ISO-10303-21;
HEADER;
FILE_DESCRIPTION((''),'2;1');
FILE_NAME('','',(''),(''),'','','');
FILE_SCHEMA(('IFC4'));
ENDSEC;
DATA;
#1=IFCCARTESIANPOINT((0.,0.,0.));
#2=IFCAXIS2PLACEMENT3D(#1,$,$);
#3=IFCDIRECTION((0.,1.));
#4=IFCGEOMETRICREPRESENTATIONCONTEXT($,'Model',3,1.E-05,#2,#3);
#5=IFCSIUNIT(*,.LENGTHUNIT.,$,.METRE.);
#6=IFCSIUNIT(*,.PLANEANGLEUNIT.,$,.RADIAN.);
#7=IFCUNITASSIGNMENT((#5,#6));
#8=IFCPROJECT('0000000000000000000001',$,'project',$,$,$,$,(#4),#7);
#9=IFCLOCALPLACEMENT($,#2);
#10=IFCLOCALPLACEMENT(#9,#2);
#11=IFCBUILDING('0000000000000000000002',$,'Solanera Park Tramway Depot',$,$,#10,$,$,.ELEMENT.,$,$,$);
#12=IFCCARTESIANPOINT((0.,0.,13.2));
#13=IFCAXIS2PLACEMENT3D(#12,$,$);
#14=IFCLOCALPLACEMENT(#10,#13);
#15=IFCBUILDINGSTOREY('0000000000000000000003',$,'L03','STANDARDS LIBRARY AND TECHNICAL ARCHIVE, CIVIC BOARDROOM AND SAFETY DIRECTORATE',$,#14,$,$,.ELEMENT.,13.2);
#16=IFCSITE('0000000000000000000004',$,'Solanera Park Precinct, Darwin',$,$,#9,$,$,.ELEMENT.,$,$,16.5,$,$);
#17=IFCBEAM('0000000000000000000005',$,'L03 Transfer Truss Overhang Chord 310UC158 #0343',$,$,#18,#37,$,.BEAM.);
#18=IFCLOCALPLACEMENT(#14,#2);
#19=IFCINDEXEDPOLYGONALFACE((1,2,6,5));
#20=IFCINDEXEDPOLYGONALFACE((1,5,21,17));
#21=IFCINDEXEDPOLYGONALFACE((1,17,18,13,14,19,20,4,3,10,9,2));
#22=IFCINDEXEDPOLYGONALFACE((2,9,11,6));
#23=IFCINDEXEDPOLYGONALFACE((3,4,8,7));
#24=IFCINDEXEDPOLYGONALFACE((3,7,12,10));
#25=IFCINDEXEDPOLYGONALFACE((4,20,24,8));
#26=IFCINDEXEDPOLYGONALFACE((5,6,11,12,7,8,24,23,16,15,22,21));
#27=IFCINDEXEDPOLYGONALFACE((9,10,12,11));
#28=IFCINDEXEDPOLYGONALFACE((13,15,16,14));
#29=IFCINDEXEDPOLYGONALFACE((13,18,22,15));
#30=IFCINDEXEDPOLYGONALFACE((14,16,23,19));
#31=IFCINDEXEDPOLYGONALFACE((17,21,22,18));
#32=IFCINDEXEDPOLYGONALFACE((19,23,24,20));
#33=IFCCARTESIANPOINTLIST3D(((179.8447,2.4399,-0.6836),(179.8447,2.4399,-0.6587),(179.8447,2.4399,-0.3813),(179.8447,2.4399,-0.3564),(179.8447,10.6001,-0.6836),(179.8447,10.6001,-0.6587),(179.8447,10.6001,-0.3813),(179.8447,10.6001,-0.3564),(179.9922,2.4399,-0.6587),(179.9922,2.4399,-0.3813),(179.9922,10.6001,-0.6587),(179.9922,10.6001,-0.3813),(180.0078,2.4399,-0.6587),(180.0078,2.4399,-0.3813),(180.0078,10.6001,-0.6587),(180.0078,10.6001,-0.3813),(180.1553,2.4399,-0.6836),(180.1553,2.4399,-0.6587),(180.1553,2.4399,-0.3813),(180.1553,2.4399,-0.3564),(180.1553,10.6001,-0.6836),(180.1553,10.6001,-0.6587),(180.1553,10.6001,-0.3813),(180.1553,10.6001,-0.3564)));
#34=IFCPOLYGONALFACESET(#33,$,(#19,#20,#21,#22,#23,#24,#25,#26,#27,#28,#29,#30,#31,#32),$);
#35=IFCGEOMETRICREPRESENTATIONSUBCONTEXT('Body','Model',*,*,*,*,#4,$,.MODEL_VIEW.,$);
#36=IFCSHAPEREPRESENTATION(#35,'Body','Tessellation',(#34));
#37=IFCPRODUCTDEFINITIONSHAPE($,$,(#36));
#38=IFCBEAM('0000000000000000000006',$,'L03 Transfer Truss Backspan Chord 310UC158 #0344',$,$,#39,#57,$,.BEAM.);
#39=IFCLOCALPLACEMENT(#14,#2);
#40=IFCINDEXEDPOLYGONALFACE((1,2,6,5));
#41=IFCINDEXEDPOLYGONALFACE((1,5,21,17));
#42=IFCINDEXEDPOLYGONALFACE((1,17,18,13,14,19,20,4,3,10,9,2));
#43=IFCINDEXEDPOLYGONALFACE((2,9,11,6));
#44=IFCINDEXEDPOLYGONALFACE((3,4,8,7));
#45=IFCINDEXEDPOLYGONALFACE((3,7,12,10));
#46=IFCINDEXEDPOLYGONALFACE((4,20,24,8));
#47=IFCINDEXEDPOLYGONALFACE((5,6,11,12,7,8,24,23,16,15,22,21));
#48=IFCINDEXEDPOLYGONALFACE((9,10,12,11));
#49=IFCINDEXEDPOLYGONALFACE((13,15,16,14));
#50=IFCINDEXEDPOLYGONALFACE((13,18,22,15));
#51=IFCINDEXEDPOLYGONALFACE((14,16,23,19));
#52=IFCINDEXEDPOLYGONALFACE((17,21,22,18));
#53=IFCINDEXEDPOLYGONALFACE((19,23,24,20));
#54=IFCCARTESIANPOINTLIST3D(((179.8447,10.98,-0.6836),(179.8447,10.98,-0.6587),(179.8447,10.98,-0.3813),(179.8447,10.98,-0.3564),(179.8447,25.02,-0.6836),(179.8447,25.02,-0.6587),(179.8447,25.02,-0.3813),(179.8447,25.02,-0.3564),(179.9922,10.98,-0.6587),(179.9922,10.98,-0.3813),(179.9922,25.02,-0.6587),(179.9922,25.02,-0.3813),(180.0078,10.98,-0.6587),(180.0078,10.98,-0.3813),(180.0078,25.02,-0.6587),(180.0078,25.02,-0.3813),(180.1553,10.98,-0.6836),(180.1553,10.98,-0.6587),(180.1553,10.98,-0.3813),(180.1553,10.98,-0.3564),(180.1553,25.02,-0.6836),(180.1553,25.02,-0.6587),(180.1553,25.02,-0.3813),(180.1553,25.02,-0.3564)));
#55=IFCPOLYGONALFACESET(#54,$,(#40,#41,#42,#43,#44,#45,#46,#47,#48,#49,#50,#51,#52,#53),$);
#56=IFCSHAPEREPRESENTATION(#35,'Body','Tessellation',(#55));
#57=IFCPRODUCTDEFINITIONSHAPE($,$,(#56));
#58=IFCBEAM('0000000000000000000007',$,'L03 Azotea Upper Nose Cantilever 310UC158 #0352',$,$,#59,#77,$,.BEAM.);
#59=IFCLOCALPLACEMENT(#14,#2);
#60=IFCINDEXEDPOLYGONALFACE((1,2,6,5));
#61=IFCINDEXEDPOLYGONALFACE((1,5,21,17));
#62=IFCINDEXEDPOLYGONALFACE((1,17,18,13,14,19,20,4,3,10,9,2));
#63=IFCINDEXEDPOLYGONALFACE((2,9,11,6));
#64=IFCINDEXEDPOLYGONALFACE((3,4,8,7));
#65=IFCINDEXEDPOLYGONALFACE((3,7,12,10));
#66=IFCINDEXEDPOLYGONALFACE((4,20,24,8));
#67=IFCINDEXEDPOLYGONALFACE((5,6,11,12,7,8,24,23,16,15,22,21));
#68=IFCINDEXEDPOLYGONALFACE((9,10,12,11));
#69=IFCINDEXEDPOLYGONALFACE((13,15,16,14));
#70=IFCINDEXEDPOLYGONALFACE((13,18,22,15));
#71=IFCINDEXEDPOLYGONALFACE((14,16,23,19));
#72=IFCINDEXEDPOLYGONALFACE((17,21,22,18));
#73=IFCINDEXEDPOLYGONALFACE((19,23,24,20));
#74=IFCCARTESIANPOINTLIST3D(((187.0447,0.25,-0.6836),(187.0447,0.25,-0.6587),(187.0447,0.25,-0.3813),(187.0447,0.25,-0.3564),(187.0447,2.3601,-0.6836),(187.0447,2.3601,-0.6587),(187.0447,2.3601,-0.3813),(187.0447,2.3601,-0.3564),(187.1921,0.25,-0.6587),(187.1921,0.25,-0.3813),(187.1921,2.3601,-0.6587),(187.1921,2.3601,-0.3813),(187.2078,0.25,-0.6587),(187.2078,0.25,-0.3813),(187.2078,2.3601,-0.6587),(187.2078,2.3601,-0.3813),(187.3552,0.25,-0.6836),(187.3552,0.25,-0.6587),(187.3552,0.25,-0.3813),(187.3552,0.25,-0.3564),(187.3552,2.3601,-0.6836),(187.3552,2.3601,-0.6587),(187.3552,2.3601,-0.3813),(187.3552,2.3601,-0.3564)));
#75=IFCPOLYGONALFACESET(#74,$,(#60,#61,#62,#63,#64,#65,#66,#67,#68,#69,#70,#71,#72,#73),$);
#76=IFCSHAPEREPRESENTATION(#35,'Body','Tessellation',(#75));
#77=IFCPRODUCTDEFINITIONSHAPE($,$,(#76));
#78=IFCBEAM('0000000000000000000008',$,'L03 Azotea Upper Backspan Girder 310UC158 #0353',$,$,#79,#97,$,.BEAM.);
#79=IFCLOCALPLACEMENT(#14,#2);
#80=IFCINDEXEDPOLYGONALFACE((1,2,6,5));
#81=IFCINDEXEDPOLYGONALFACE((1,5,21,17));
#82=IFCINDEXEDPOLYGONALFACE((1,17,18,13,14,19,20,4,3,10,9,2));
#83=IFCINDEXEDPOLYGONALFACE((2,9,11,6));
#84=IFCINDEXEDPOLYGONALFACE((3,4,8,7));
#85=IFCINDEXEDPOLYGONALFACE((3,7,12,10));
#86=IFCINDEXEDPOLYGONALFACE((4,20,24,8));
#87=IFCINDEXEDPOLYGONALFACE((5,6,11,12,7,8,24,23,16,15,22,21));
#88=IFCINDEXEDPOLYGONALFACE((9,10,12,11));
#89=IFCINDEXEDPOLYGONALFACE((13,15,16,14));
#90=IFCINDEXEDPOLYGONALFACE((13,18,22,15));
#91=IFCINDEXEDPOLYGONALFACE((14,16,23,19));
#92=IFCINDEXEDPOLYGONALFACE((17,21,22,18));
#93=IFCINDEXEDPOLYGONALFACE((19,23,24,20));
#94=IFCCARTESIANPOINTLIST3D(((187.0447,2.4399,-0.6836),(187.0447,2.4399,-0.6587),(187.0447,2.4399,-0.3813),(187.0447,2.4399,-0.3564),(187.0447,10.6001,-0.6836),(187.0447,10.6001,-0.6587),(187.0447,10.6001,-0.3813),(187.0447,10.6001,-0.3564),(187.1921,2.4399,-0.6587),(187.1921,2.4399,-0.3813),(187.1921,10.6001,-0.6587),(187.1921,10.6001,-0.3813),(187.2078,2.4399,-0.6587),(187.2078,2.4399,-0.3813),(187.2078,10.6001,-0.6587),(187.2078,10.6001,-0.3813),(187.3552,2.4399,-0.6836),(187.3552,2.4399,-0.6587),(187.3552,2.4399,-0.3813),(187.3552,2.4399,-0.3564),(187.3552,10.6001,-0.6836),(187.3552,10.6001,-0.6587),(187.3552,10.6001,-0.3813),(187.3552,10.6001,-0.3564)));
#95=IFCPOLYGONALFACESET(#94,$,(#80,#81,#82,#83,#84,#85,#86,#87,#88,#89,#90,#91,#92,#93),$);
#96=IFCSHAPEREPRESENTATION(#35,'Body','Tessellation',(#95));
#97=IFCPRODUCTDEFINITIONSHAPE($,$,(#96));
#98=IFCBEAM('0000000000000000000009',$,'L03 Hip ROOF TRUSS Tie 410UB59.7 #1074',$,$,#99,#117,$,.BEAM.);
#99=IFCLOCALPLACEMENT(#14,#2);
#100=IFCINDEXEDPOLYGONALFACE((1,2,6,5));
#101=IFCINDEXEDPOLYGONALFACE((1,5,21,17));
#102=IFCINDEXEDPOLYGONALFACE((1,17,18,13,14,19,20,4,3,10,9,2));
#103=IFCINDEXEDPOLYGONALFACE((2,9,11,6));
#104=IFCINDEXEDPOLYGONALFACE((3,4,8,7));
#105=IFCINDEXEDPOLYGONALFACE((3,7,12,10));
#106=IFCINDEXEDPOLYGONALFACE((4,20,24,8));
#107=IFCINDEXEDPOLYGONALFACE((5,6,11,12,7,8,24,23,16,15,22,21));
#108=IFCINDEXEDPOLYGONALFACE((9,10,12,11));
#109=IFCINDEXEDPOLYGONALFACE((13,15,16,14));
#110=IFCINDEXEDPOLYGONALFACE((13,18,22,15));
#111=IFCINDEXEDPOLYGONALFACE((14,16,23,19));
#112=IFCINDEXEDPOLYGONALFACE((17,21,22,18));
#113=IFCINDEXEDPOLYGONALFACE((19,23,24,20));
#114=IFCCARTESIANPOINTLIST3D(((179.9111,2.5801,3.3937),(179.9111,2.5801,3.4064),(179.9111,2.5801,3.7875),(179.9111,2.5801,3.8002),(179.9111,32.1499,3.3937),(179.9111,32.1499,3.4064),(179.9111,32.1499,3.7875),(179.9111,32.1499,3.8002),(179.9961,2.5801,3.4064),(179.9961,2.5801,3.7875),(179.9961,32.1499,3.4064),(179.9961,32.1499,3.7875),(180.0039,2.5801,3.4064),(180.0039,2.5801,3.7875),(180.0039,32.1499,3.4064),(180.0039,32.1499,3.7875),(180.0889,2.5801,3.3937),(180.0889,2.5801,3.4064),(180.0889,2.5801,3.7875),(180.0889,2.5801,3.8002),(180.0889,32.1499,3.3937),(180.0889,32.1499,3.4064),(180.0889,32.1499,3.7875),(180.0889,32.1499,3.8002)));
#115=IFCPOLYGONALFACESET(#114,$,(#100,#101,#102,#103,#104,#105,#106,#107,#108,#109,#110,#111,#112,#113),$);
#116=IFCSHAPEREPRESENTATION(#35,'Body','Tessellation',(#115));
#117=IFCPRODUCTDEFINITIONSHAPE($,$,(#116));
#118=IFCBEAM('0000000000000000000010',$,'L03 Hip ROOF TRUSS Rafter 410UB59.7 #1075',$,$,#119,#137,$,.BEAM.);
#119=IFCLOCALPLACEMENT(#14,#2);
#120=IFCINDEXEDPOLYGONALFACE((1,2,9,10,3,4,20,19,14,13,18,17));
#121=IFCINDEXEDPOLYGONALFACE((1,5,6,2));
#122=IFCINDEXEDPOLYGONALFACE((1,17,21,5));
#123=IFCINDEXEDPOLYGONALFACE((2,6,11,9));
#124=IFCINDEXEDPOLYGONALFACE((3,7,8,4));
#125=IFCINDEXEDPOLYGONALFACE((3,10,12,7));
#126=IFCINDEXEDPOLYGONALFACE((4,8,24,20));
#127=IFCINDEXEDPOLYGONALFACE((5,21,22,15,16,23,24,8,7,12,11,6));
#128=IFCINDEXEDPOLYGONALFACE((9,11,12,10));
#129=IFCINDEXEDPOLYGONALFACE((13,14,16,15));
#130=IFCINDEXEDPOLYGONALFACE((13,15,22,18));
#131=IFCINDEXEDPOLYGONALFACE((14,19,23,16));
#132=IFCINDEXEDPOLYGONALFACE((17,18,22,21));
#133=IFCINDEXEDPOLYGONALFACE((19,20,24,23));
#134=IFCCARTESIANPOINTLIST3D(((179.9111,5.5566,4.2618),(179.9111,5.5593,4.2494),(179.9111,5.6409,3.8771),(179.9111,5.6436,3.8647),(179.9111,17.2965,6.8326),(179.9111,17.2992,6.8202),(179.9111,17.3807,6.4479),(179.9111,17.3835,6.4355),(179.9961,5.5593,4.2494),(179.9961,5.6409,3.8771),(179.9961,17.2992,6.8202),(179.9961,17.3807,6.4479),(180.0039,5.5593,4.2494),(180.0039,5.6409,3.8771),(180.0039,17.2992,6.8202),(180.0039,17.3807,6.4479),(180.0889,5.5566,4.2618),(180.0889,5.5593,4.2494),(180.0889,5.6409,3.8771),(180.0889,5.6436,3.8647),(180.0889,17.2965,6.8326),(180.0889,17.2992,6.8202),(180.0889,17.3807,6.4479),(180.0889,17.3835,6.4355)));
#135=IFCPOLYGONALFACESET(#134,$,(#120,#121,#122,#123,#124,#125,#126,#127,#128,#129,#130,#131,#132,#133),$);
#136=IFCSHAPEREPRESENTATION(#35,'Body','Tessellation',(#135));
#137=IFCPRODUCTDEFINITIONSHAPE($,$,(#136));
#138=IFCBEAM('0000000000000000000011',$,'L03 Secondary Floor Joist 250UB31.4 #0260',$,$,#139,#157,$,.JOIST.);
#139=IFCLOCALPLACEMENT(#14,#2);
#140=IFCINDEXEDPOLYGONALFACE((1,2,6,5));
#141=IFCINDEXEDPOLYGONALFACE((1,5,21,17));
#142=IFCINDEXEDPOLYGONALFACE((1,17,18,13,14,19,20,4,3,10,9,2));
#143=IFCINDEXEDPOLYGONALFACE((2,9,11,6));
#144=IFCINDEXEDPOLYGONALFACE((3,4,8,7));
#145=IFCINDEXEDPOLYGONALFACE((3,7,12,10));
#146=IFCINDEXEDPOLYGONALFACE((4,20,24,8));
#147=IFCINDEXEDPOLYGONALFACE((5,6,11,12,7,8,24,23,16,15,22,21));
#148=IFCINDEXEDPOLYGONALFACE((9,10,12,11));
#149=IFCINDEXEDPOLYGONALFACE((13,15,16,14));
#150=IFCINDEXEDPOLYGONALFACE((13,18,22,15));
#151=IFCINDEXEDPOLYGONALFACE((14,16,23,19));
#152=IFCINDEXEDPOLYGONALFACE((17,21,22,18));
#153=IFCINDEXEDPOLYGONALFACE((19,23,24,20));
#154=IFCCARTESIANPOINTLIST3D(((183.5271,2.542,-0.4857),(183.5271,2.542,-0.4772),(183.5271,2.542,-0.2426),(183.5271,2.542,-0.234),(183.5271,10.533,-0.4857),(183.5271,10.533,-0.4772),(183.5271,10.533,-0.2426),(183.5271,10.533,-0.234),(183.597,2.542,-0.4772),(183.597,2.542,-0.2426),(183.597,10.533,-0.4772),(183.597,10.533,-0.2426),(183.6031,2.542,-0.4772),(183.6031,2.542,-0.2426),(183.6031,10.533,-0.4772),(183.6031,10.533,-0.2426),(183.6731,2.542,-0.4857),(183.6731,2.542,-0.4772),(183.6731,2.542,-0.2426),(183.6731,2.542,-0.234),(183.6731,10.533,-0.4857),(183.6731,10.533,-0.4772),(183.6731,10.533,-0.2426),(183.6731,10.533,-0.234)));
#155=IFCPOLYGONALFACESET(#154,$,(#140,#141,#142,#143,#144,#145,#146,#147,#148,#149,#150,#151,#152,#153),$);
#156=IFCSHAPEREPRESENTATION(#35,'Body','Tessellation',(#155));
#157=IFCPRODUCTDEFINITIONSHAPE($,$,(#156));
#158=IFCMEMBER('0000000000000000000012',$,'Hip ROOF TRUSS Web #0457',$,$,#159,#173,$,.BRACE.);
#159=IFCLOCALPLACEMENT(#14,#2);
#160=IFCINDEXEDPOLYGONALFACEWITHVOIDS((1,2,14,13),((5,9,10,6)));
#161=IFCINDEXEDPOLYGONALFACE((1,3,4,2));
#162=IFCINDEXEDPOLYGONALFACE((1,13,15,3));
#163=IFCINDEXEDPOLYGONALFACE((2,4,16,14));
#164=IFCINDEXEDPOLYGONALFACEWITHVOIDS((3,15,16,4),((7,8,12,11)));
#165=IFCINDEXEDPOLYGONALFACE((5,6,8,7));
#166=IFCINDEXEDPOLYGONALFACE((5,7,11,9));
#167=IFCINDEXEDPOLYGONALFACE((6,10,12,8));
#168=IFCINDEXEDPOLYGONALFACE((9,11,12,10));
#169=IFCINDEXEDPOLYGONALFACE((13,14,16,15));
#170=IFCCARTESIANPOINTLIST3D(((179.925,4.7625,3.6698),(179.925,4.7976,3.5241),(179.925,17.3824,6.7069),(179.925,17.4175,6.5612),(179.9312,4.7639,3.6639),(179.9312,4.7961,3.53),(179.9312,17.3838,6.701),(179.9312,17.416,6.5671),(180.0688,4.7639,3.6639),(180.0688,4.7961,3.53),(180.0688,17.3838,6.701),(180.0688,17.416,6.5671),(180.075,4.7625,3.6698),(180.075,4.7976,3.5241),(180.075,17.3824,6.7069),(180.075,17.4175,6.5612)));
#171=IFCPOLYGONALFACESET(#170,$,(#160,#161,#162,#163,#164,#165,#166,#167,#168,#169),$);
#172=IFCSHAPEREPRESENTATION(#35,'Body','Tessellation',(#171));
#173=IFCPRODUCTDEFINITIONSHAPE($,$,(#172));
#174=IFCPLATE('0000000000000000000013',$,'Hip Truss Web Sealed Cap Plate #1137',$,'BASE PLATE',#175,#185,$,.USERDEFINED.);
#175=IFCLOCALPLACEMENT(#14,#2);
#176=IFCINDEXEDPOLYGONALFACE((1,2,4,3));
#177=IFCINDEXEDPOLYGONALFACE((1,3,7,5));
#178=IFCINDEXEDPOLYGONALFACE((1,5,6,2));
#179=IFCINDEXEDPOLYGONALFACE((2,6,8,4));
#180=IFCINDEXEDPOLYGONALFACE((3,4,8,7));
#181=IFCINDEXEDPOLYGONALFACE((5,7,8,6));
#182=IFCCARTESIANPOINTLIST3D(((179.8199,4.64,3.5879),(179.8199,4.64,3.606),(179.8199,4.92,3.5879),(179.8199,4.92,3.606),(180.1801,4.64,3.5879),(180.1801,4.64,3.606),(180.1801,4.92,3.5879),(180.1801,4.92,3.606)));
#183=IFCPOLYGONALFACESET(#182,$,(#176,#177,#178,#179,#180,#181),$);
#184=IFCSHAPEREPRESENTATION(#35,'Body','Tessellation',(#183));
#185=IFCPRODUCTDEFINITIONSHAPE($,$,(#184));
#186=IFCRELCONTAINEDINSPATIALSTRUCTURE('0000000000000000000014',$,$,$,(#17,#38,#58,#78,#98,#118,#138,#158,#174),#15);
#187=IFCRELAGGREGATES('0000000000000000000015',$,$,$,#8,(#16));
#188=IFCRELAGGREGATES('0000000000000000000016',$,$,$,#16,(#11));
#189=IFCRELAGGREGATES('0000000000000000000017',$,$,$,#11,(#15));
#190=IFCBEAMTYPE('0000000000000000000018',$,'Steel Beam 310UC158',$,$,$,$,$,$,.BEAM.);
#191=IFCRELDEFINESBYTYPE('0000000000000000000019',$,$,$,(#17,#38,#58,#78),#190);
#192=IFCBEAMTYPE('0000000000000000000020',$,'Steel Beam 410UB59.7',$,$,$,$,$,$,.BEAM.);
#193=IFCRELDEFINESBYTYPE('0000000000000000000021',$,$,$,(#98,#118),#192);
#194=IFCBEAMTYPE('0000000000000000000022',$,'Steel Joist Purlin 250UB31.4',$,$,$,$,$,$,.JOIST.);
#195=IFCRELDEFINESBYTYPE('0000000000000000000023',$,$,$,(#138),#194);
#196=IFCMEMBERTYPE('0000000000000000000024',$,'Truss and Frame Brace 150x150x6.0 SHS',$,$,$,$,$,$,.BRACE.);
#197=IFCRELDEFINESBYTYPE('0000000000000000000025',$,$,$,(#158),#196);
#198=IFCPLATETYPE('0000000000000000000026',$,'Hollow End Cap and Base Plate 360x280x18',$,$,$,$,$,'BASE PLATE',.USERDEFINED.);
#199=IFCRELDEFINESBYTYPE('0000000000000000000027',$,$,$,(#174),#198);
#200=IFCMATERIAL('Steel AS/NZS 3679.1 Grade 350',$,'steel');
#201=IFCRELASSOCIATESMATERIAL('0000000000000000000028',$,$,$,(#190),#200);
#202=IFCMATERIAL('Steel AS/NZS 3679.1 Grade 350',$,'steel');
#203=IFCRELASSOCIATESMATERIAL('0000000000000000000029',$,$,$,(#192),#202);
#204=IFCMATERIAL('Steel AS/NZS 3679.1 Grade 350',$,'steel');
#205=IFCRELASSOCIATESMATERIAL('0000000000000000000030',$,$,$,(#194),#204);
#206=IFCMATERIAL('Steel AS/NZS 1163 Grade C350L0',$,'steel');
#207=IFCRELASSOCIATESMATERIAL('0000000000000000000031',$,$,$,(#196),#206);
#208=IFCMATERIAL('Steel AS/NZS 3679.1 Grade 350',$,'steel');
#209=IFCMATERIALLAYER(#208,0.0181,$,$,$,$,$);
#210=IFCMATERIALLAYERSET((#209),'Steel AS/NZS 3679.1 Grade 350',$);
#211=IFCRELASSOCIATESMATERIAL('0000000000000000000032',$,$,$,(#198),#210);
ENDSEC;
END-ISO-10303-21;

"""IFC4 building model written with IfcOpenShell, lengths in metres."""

from ifc_helpers import new_model, si_unit, direction, frame, origin, origin_2d, place, context, subcontext, project, spatial, rectangle, hollow_rectangle, i_section, extrude, material, layer, layer_set, material_profile, profile_set, type_object, element, save


model = new_model("IFC4")

# Units and contexts
model_context = context("Model", 3, precision=1e-05, world=origin(), true_north=direction((0.0, 1.0)))
body_context = subcontext(model_context, "Body", "Model", "MODEL_VIEW")
ifc_project = project(units=[si_unit("LENGTHUNIT", "METRE"), si_unit("PLANEANGLEUNIT", "RADIAN")], contexts=[model_context])

# Site, building, storey
site_placement = place(None, origin())
site = spatial("IfcSite", under=ifc_project, at=site_placement, Name="Solanera Park Precinct, Darwin", CompositionType="ELEMENT", RefElevation=16.5)
building_placement = place(site_placement, origin())
building = spatial("IfcBuilding", under=site, at=building_placement, Name="Solanera Park Tramway Depot", CompositionType="ELEMENT")
storey_placement = place(building_placement, frame((0.0, 0.0, 13.2)))
storey = spatial("IfcBuildingStorey", under=building, at=storey_placement, Name="L03", Description="STANDARDS LIBRARY AND TECHNICAL ARCHIVE, CIVIC BOARDROOM AND SAFETY DIRECTORATE", CompositionType="ELEMENT", Elevation=13.2)

# Beams
ifc_material_1 = material(Name="Steel AS/NZS 3679.1 Grade 350", Category="steel")
ifc_material_profile_1 = material_profile(ifc_material_1, i_section(OverallWidth=0.3105, OverallDepth=0.3271, WebThickness=0.0156, FlangeThickness=0.0249, at=origin_2d()), Name="310UC158")
ifc_profile_set_1 = profile_set([ifc_material_profile_1], Name="Steel AS/NZS 3679.1 Grade 350")
beam_type_1 = type_object("IfcBeamType", Name="Steel Beam 310UC158", PredefinedType="BEAM", material=ifc_profile_set_1)
beam_1_placement = place(storey_placement, frame((180.0, 2.4399, -0.52), z_axis=(0.0, 1.0, 0.0), x_axis=(-1.0, 0.0, 0.0)))
element("IfcBeam", 1, at=beam_1_placement, inside=storey, type_object=beam_type_1, Name="L03 Transfer Truss Overhang Chord 310UC158 #0343", PredefinedType="BEAM", context=body_context, shape_type="SweptSolid", body=[
    extrude(i_section(OverallWidth=0.3105, OverallDepth=0.3271, WebThickness=0.0156, FlangeThickness=0.0249, at=origin_2d()), origin(), (0.0, 0.0, 1.0), 8.1602),
])
beam_2_placement = place(storey_placement, frame((180.0, 10.98, -0.52), z_axis=(0.0, 1.0, 0.0), x_axis=(-1.0, 0.0, 0.0)))
element("IfcBeam", 2, at=beam_2_placement, inside=storey, type_object=beam_type_1, Name="L03 Transfer Truss Backspan Chord 310UC158 #0344", PredefinedType="BEAM", context=body_context, shape_type="SweptSolid", body=[
    extrude(i_section(OverallWidth=0.3105, OverallDepth=0.3271, WebThickness=0.0156, FlangeThickness=0.0249, at=origin_2d()), origin(), (0.0, 0.0, 1.0), 14.04),
])
beam_3_placement = place(storey_placement, frame((187.2, 0.25, -0.52), z_axis=(0.0, 1.0, 0.0), x_axis=(-1.0, 0.0, 0.0)))
element("IfcBeam", 3, at=beam_3_placement, inside=storey, type_object=beam_type_1, Name="L03 Azotea Upper Nose Cantilever 310UC158 #0352", PredefinedType="BEAM", context=body_context, shape_type="SweptSolid", body=[
    extrude(i_section(OverallWidth=0.3105, OverallDepth=0.3271, WebThickness=0.0156, FlangeThickness=0.0249, at=origin_2d()), origin(), (0.0, 0.0, 1.0), 2.1101),
])
beam_4_placement = place(storey_placement, frame((187.2, 2.4399, -0.52), z_axis=(0.0, 1.0, 0.0), x_axis=(-1.0, 0.0, 0.0)))
element("IfcBeam", 4, at=beam_4_placement, inside=storey, type_object=beam_type_1, Name="L03 Azotea Upper Backspan Girder 310UC158 #0353", PredefinedType="BEAM", context=body_context, shape_type="SweptSolid", body=[
    extrude(i_section(OverallWidth=0.3105, OverallDepth=0.3271, WebThickness=0.0156, FlangeThickness=0.0249, at=origin_2d()), origin(), (0.0, 0.0, 1.0), 8.1602),
])
ifc_material_2 = material(Name="Steel AS/NZS 3679.1 Grade 350", Category="steel")
ifc_material_profile_2 = material_profile(ifc_material_2, i_section(OverallWidth=0.1777, OverallDepth=0.4065, WebThickness=0.0078, FlangeThickness=0.0127, at=origin_2d()), Name="410UB59.7")
ifc_profile_set_2 = profile_set([ifc_material_profile_2], Name="Steel AS/NZS 3679.1 Grade 350")
beam_type_2 = type_object("IfcBeamType", Name="Steel Beam 410UB59.7", PredefinedType="BEAM", material=ifc_profile_set_2)
beam_5_placement = place(storey_placement, frame((180.0, 2.5801, 3.5969), z_axis=(0.0, 1.0, 0.0), x_axis=(-1.0, 0.0, 0.0)))
element("IfcBeam", 5, at=beam_5_placement, inside=storey, type_object=beam_type_2, Name="L03 Hip ROOF TRUSS Tie 410UB59.7 #1074", PredefinedType="BEAM", context=body_context, shape_type="SweptSolid", body=[
    extrude(i_section(OverallWidth=0.1777, OverallDepth=0.4065, WebThickness=0.0078, FlangeThickness=0.0127, at=origin_2d()), origin(), (0.0, 0.0, 1.0), 29.5698),
])
beam_6_placement = place(storey_placement, frame((180.0, 5.6001, 4.0632), z_axis=(0.0, 0.976853, 0.21391), x_axis=(-1.0, 0.0, 0.0)))
element("IfcBeam", 6, at=beam_6_placement, inside=storey, type_object=beam_type_2, Name="L03 Hip ROOF TRUSS Rafter 410UB59.7 #1075", PredefinedType="BEAM", context=body_context, shape_type="SweptSolid", body=[
    extrude(i_section(OverallWidth=0.1777, OverallDepth=0.4065, WebThickness=0.0078, FlangeThickness=0.0127, at=origin_2d()), origin(), (0.0, 0.0, 1.0), 12.0181),
])
ifc_material_3 = material(Name="Steel AS/NZS 3679.1 Grade 350", Category="steel")
ifc_material_profile_3 = material_profile(ifc_material_3, i_section(OverallWidth=0.146, OverallDepth=0.2517, WebThickness=0.0061, FlangeThickness=0.0085, at=origin_2d()), Name="250UB31.4")
ifc_profile_set_3 = profile_set([ifc_material_profile_3], Name="Steel AS/NZS 3679.1 Grade 350")
beam_type_3 = type_object("IfcBeamType", Name="Steel Joist Purlin 250UB31.4", PredefinedType="JOIST", material=ifc_profile_set_3)
beam_7_placement = place(storey_placement, frame((183.6001, 2.542, -0.3599), z_axis=(0.0, 1.0, 0.0), x_axis=(-1.0, 0.0, 0.0)))
element("IfcBeam", 7, at=beam_7_placement, inside=storey, type_object=beam_type_3, Name="L03 Secondary Floor Joist 250UB31.4 #0260", PredefinedType="JOIST", context=body_context, shape_type="SweptSolid", body=[
    extrude(i_section(OverallWidth=0.146, OverallDepth=0.2517, WebThickness=0.0061, FlangeThickness=0.0085, at=origin_2d()), origin(), (0.0, 0.0, 1.0), 7.991),
])

# Member
ifc_material_4 = material(Name="Steel AS/NZS 1163 Grade C350L0", Category="steel")
ifc_material_profile_4 = material_profile(ifc_material_4, hollow_rectangle(XDim=0.1499, YDim=0.1499, WallThickness=0.0061, at=origin_2d()), Name="150x150x6.0 SHS")
ifc_profile_set_4 = profile_set([ifc_material_profile_4], Name="Steel AS/NZS 1163 Grade C350L0")
member_type_1 = type_object("IfcMemberType", Name="Truss and Frame Brace 150x150x6.0 SHS", PredefinedType="BRACE", material=ifc_profile_set_4)
member_1_placement = place(storey_placement, frame((180.0, 4.78, 3.5969), z_axis=(0.0, 0.972241, 0.23398), x_axis=(-1.0, 0.0, 0.0)))
element("IfcMember", 8, at=member_1_placement, inside=storey, type_object=member_type_1, Name="Hip ROOF TRUSS Web #0457", PredefinedType="BRACE", context=body_context, shape_type="SweptSolid", body=[
    extrude(hollow_rectangle(XDim=0.1499, YDim=0.1499, WallThickness=0.0061, at=origin_2d()), origin(), (0.0, 0.0, 1.0), 12.9802),
])

# Plate
ifc_material_5 = material(Name="Steel AS/NZS 3679.1 Grade 350", Category="steel")
ifc_layer_1 = layer(ifc_material_5, 0.0181)
ifc_layer_set_1 = layer_set([ifc_layer_1], Name="Steel AS/NZS 3679.1 Grade 350")
plate_type_1 = type_object("IfcPlateType", Name="Hollow End Cap and Base Plate 360x280x18", ElementType="BASE PLATE", PredefinedType="USERDEFINED", material=ifc_layer_set_1)
plate_1_placement = place(storey_placement, frame((180.0, 4.78, 3.5879), z_axis=(0.0, 0.0, 1.0), x_axis=(1.0, 0.0, 0.0)))
element("IfcPlate", 9, at=plate_1_placement, inside=storey, type_object=plate_type_1, Name="Hip Truss Web Sealed Cap Plate #1137", ObjectType="BASE PLATE", PredefinedType="USERDEFINED", context=body_context, shape_type="SweptSolid", body=[
    extrude(rectangle(XDim=0.3601, YDim=0.28, at=origin_2d()), origin(), (0.0, 0.0, 1.0), 0.0181),
])

save(model, "model.ifc")
